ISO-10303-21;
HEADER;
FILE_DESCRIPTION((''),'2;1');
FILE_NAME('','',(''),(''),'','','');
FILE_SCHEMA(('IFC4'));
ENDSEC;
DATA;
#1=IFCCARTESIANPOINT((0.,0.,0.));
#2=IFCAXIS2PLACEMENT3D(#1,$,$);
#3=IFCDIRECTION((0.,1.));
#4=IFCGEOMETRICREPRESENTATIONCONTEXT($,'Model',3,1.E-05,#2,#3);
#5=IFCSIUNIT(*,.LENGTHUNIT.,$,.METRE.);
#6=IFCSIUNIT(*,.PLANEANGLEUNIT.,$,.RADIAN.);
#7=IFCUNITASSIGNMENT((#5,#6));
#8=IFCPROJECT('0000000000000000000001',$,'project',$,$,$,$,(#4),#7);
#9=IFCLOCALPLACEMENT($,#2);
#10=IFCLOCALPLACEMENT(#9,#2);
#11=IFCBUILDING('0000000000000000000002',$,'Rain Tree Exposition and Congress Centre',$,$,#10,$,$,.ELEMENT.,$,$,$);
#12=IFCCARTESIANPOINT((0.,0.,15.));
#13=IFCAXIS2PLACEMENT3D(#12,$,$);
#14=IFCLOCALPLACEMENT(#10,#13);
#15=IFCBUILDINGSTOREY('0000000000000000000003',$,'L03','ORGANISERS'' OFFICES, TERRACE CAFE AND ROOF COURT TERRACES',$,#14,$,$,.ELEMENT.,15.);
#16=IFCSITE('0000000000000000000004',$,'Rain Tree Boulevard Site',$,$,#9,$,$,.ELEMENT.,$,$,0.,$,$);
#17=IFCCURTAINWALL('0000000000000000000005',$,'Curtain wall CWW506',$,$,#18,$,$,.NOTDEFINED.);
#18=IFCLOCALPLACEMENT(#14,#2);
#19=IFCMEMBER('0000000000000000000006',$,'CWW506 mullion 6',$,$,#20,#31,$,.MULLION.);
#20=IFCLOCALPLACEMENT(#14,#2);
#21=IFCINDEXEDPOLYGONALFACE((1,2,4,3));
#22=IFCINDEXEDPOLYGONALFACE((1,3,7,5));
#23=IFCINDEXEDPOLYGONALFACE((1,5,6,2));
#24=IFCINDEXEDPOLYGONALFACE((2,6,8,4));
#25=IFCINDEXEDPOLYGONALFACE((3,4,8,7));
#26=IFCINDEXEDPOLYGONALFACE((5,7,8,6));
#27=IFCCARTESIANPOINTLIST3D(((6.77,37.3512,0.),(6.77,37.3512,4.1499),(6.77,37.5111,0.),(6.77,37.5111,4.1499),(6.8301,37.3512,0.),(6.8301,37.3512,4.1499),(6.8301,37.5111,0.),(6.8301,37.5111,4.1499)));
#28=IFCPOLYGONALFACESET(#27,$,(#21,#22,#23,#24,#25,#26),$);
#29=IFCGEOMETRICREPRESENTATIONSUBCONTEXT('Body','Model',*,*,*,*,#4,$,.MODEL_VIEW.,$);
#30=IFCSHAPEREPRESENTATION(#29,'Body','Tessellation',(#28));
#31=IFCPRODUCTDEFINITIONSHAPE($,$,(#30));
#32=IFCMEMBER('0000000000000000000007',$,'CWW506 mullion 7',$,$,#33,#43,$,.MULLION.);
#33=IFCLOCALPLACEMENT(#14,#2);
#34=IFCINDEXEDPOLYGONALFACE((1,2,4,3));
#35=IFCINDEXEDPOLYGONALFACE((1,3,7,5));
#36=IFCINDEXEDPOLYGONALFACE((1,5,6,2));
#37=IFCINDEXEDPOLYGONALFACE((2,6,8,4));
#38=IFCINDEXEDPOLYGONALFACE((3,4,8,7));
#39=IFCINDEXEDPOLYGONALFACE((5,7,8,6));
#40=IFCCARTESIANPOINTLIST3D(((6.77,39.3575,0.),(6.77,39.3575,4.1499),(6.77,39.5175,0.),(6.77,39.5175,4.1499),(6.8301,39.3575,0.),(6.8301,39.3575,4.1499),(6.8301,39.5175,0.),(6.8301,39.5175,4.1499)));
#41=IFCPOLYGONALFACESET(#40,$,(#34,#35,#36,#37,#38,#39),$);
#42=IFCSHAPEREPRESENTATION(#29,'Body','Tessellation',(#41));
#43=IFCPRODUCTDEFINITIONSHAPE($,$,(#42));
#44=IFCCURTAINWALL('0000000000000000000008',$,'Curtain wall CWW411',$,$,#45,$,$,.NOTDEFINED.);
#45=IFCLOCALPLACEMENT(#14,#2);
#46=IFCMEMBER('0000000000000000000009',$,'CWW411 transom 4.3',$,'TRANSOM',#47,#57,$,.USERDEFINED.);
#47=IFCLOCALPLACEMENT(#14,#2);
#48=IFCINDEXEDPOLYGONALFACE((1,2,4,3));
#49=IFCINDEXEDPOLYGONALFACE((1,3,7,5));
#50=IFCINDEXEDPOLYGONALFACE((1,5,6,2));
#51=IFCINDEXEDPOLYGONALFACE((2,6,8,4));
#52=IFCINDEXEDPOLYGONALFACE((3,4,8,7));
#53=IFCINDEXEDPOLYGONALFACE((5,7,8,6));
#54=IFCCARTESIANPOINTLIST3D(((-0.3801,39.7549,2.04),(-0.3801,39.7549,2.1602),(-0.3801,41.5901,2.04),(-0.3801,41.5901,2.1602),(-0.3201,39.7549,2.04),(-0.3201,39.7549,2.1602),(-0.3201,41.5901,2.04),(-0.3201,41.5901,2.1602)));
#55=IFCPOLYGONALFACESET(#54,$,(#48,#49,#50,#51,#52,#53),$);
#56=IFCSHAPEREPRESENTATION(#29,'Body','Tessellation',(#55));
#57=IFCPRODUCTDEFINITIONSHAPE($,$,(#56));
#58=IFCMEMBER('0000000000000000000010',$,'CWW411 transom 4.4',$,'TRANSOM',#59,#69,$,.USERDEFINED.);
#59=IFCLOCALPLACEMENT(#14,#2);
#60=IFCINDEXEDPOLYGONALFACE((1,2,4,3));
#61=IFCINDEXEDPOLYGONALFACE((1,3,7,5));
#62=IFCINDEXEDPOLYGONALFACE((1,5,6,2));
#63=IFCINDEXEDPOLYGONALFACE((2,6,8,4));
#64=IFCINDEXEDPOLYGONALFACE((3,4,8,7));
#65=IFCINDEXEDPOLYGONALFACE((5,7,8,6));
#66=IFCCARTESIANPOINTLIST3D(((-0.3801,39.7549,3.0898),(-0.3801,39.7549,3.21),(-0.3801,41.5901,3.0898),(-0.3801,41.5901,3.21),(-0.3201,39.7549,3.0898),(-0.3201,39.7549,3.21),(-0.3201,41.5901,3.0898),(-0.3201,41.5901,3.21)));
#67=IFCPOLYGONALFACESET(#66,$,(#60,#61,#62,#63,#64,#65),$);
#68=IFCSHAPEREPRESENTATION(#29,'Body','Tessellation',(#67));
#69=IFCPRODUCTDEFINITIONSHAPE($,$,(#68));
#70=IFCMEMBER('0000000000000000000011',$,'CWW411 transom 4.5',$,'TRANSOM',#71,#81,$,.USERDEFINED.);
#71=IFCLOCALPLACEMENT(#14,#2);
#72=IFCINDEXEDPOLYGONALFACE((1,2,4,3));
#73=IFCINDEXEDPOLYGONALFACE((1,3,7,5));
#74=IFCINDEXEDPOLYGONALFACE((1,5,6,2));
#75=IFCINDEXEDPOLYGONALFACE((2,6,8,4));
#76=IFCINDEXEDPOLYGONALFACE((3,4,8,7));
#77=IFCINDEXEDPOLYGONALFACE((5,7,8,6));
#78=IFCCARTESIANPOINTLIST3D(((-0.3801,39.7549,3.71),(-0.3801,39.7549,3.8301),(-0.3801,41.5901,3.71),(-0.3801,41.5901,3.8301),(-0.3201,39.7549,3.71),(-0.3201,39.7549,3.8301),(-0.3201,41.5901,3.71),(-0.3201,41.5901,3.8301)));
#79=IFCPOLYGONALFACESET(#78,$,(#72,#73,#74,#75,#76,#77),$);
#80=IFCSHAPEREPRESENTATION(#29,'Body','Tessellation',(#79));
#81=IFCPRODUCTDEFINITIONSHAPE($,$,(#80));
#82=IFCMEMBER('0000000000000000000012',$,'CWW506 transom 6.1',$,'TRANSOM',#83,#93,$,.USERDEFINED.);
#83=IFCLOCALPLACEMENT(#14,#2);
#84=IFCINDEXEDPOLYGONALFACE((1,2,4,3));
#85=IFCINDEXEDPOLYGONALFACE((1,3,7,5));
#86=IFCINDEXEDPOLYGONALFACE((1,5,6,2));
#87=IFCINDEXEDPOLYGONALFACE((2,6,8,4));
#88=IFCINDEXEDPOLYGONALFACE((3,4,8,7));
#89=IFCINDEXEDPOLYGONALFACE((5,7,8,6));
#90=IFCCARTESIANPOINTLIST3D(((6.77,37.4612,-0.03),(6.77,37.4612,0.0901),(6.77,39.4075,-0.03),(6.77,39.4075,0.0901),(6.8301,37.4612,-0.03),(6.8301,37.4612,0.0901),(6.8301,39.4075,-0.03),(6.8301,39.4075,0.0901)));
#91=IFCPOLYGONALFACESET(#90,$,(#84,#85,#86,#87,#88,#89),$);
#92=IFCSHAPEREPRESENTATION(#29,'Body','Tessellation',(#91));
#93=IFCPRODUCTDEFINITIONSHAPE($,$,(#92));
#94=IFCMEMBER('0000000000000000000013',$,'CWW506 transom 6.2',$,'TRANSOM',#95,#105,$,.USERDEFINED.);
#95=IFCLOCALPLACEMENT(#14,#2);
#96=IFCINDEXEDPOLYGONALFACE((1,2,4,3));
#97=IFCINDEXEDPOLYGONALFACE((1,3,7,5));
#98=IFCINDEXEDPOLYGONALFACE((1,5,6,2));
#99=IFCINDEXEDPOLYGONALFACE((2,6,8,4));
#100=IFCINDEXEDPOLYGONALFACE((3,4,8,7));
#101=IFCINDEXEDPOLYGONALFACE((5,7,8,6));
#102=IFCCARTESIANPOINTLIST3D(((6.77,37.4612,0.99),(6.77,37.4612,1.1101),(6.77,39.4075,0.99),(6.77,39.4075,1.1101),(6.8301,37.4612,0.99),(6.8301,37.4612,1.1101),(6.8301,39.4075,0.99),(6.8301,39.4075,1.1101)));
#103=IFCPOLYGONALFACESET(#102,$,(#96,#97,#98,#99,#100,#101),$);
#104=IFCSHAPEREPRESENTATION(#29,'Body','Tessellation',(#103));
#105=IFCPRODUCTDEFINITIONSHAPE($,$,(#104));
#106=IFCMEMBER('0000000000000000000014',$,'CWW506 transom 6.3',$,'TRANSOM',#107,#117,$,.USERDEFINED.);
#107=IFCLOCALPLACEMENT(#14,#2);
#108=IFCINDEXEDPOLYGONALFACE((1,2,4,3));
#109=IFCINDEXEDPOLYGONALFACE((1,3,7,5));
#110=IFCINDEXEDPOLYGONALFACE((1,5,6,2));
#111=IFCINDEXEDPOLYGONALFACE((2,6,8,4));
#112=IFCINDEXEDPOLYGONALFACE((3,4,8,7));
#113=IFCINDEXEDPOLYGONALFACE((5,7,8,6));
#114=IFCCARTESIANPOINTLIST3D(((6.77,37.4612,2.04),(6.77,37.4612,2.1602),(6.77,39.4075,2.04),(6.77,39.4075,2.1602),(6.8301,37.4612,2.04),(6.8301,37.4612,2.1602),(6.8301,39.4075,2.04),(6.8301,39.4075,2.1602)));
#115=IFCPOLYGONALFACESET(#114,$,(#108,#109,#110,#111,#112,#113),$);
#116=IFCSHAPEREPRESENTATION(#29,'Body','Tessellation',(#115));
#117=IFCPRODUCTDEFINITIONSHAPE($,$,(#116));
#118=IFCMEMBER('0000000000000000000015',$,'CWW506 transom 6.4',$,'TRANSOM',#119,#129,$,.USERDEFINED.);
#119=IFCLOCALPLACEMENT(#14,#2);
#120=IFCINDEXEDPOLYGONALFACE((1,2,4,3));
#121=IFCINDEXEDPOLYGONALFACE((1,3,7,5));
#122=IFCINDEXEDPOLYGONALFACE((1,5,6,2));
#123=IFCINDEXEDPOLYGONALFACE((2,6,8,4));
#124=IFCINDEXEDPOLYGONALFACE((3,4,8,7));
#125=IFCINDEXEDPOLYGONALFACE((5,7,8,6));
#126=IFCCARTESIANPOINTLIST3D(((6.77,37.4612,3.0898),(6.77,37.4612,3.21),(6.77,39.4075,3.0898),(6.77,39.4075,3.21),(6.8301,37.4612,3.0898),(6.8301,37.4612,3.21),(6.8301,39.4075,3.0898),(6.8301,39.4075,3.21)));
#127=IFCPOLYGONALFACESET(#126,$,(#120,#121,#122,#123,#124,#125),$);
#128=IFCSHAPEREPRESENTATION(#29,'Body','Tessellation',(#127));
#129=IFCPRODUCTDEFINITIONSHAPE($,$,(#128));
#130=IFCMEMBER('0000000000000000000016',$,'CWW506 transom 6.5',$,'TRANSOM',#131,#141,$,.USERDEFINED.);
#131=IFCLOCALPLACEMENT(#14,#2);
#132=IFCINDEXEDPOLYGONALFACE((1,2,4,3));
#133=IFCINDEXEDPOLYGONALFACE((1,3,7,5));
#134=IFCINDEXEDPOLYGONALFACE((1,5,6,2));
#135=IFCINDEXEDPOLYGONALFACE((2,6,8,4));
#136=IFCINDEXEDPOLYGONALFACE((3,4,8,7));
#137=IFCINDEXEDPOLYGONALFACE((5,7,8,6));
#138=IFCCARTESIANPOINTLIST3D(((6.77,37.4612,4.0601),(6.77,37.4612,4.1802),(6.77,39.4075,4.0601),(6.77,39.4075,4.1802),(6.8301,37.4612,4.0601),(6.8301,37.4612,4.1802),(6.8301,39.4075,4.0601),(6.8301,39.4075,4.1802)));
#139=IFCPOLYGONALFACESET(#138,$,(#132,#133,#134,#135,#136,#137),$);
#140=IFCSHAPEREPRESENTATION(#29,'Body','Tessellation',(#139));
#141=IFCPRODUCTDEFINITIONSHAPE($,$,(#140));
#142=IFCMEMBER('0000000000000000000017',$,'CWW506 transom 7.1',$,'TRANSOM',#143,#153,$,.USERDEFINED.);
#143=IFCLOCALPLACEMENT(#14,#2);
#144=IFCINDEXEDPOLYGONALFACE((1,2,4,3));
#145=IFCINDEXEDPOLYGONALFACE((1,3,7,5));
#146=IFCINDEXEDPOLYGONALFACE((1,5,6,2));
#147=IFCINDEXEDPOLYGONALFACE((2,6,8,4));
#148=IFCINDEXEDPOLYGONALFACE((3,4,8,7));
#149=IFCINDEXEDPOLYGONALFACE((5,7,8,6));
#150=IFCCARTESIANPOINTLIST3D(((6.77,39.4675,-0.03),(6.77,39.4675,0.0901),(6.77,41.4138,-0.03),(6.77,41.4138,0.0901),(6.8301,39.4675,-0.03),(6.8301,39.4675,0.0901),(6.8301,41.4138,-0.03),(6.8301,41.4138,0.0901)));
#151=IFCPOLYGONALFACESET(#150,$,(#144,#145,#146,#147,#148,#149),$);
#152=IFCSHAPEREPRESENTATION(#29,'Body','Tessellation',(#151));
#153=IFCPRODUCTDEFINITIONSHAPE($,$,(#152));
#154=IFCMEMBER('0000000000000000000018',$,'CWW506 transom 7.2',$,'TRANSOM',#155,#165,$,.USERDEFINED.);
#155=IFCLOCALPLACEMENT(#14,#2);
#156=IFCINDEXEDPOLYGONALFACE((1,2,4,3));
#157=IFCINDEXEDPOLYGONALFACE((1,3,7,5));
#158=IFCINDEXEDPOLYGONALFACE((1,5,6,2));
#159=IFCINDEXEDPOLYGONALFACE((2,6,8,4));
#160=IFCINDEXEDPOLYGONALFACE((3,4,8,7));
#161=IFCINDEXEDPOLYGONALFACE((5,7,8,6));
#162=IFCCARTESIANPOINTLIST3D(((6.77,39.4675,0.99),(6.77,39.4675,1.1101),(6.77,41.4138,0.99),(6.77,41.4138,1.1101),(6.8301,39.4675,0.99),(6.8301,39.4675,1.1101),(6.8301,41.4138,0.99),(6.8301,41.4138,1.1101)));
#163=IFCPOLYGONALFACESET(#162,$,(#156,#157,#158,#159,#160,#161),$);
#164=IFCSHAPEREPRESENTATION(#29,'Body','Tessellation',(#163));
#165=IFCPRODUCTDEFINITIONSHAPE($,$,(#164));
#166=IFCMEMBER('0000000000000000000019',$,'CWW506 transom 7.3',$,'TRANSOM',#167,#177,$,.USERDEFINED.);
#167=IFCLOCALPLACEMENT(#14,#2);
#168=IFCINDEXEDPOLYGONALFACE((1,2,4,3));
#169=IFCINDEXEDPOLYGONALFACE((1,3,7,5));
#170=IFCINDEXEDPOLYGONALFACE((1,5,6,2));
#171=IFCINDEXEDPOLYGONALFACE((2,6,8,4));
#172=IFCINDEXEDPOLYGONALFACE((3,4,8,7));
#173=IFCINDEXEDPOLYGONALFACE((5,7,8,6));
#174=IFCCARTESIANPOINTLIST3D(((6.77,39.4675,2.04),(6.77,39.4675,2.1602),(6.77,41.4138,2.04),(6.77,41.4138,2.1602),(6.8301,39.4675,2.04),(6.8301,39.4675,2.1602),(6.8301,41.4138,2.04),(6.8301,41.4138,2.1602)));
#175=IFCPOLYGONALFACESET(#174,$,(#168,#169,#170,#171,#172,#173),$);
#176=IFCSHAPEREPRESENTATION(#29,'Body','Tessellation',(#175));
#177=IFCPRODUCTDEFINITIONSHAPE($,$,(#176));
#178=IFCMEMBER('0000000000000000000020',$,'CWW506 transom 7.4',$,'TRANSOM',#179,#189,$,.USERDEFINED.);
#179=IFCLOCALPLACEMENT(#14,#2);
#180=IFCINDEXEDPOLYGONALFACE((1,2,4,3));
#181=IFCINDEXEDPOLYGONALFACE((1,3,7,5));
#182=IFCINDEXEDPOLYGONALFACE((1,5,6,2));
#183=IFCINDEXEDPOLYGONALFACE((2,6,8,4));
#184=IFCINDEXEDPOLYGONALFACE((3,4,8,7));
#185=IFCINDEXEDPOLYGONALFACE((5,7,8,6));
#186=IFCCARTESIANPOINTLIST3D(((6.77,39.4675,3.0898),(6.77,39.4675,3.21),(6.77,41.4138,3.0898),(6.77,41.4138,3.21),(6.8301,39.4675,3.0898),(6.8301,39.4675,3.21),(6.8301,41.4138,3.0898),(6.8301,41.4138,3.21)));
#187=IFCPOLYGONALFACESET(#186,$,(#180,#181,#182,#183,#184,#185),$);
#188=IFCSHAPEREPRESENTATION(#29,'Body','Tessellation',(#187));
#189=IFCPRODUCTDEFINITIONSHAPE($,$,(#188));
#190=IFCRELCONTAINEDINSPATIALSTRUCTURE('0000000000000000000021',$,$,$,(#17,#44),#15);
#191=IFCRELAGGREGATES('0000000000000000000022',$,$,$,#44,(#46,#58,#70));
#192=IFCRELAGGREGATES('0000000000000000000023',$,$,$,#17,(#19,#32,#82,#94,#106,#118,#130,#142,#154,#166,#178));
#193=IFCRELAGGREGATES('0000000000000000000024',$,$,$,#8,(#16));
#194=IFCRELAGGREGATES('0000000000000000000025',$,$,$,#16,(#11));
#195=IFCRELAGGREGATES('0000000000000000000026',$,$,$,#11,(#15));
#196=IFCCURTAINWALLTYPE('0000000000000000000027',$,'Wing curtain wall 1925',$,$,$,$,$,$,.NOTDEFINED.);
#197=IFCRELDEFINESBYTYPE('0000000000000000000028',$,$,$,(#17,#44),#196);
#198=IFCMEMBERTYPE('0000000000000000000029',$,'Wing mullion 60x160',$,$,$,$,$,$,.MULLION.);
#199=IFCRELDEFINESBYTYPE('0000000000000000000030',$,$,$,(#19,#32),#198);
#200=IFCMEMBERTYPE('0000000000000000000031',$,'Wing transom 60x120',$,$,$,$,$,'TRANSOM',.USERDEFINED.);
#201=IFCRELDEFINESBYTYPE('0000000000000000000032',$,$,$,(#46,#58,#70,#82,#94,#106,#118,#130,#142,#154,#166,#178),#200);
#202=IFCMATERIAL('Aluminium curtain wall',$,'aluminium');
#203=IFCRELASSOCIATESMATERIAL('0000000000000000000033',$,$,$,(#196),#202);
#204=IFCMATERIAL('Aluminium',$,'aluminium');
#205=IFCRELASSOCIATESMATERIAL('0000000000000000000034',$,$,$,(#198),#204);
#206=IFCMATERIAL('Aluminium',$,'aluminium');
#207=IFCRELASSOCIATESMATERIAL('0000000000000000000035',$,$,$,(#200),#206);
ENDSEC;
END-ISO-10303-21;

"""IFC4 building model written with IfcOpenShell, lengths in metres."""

from ifc_helpers import new_model, si_unit, direction, frame, origin, origin_2d, place, context, subcontext, project, spatial, rectangle, extrude, material, material_profile, profile_set, type_object, element, aggregate, save


model = new_model("IFC4")

# Units and contexts
model_context = context("Model", 3, precision=1e-05, world=origin(), true_north=direction((0.0, 1.0)))
body_context = subcontext(model_context, "Body", "Model", "MODEL_VIEW")
ifc_project = project(units=[si_unit("LENGTHUNIT", "METRE"), si_unit("PLANEANGLEUNIT", "RADIAN")], contexts=[model_context])

# Site, building, storey
site_placement = place(None, origin())
site = spatial("IfcSite", under=ifc_project, at=site_placement, Name="Rain Tree Boulevard Site", CompositionType="ELEMENT", RefElevation=0.0)
building_placement = place(site_placement, origin())
building = spatial("IfcBuilding", under=site, at=building_placement, Name="Rain Tree Exposition and Congress Centre", CompositionType="ELEMENT")
storey_placement = place(building_placement, frame((0.0, 0.0, 15.0)))
storey = spatial("IfcBuildingStorey", under=building, at=storey_placement, Name="L03", Description="ORGANISERS' OFFICES, TERRACE CAFE AND ROOF COURT TERRACES", CompositionType="ELEMENT", Elevation=15.0)

# Curtain walls, members
ifc_material_1 = material(Name="Aluminium curtain wall", Category="aluminium")
curtain_wall_type = type_object("IfcCurtainWallType", Name="Wing curtain wall 1925", PredefinedType="NOTDEFINED", material=ifc_material_1)
curtain_wall_1_placement = place(storey_placement, origin())
curtain_wall_1 = element("IfcCurtainWall", 1, at=curtain_wall_1_placement, inside=storey, type_object=curtain_wall_type, Name="Curtain wall CWW506", PredefinedType="NOTDEFINED")
ifc_material_2 = material(Name="Aluminium", Category="aluminium")
ifc_material_profile_1 = material_profile(ifc_material_2, rectangle(XDim=0.0601, YDim=0.1599, at=origin_2d()), Name="Aluminium 60x160")
ifc_profile_set_1 = profile_set([ifc_material_profile_1], Name="Aluminium")
member_type_1 = type_object("IfcMemberType", Name="Wing mullion 60x160", PredefinedType="MULLION", material=ifc_profile_set_1)
member_1_placement = place(storey_placement, frame((6.8, 37.4312, 0.0), z_axis=(0.0, 0.0, 1.0), x_axis=(-1.0, 0.0, 0.0)))
member_1 = element("IfcMember", 2, at=member_1_placement, type_object=member_type_1, Name="CWW506 mullion 6", PredefinedType="MULLION", context=body_context, shape_type="SweptSolid", body=[
    extrude(rectangle(XDim=0.0601, YDim=0.1599, at=origin_2d()), origin(), (0.0, 0.0, 1.0), 4.1499),
])
member_2_placement = place(storey_placement, frame((6.8, 39.4375, 0.0), z_axis=(0.0, 0.0, 1.0), x_axis=(-1.0, 0.0, 0.0)))
member_2 = element("IfcMember", 3, at=member_2_placement, type_object=member_type_1, Name="CWW506 mullion 7", PredefinedType="MULLION", context=body_context, shape_type="SweptSolid", body=[
    extrude(rectangle(XDim=0.0601, YDim=0.1599, at=origin_2d()), origin(), (0.0, 0.0, 1.0), 4.1499),
])
curtain_wall_2_placement = place(storey_placement, origin())
curtain_wall_2 = element("IfcCurtainWall", 4, at=curtain_wall_2_placement, inside=storey, type_object=curtain_wall_type, Name="Curtain wall CWW411", PredefinedType="NOTDEFINED")
ifc_material_3 = material(Name="Aluminium", Category="aluminium")
ifc_material_profile_2 = material_profile(ifc_material_3, rectangle(XDim=0.0601, YDim=0.1201, at=origin_2d()), Name="Aluminium 60x120")
ifc_profile_set_2 = profile_set([ifc_material_profile_2], Name="Aluminium")
member_type_2 = type_object("IfcMemberType", Name="Wing transom 60x120", ElementType="TRANSOM", PredefinedType="USERDEFINED", material=ifc_profile_set_2)
member_3_placement = place(storey_placement, frame((-0.3501, 39.7549, 2.1001), z_axis=(0.0, 1.0, 0.0), x_axis=(-1.0, 0.0, 0.0)))
member_3 = element("IfcMember", 5, at=member_3_placement, type_object=member_type_2, Name="CWW411 transom 4.3", ObjectType="TRANSOM", PredefinedType="USERDEFINED", context=body_context, shape_type="SweptSolid", body=[
    extrude(rectangle(XDim=0.0601, YDim=0.1201, at=origin_2d()), origin(), (0.0, 0.0, 1.0), 1.8352),
])
member_4_placement = place(storey_placement, frame((-0.3501, 39.7549, 3.1499), z_axis=(0.0, 1.0, 0.0), x_axis=(-1.0, 0.0, 0.0)))
member_4 = element("IfcMember", 6, at=member_4_placement, type_object=member_type_2, Name="CWW411 transom 4.4", ObjectType="TRANSOM", PredefinedType="USERDEFINED", context=body_context, shape_type="SweptSolid", body=[
    extrude(rectangle(XDim=0.0601, YDim=0.1201, at=origin_2d()), origin(), (0.0, 0.0, 1.0), 1.8352),
])
member_5_placement = place(storey_placement, frame((-0.3501, 39.7549, 3.77), z_axis=(0.0, 1.0, 0.0), x_axis=(-1.0, 0.0, 0.0)))
member_5 = element("IfcMember", 7, at=member_5_placement, type_object=member_type_2, Name="CWW411 transom 4.5", ObjectType="TRANSOM", PredefinedType="USERDEFINED", context=body_context, shape_type="SweptSolid", body=[
    extrude(rectangle(XDim=0.0601, YDim=0.1201, at=origin_2d()), origin(), (0.0, 0.0, 1.0), 1.8352),
])
aggregate(curtain_wall_2, [member_3, member_4, member_5])

# Members
member_6_placement = place(storey_placement, frame((6.8, 37.4612, 0.03), z_axis=(0.0, 1.0, 0.0), x_axis=(-1.0, 0.0, 0.0)))
member_6 = element("IfcMember", 8, at=member_6_placement, type_object=member_type_2, Name="CWW506 transom 6.1", ObjectType="TRANSOM", PredefinedType="USERDEFINED", context=body_context, shape_type="SweptSolid", body=[
    extrude(rectangle(XDim=0.0601, YDim=0.1201, at=origin_2d()), origin(), (0.0, 0.0, 1.0), 1.9463),
])
member_7_placement = place(storey_placement, frame((6.8, 37.4612, 1.05), z_axis=(0.0, 1.0, 0.0), x_axis=(-1.0, 0.0, 0.0)))
member_7 = element("IfcMember", 9, at=member_7_placement, type_object=member_type_2, Name="CWW506 transom 6.2", ObjectType="TRANSOM", PredefinedType="USERDEFINED", context=body_context, shape_type="SweptSolid", body=[
    extrude(rectangle(XDim=0.0601, YDim=0.1201, at=origin_2d()), origin(), (0.0, 0.0, 1.0), 1.9463),
])
member_8_placement = place(storey_placement, frame((6.8, 37.4612, 2.1001), z_axis=(0.0, 1.0, 0.0), x_axis=(-1.0, 0.0, 0.0)))
member_8 = element("IfcMember", 10, at=member_8_placement, type_object=member_type_2, Name="CWW506 transom 6.3", ObjectType="TRANSOM", PredefinedType="USERDEFINED", context=body_context, shape_type="SweptSolid", body=[
    extrude(rectangle(XDim=0.0601, YDim=0.1201, at=origin_2d()), origin(), (0.0, 0.0, 1.0), 1.9463),
])
member_9_placement = place(storey_placement, frame((6.8, 37.4612, 3.1499), z_axis=(0.0, 1.0, 0.0), x_axis=(-1.0, 0.0, 0.0)))
member_9 = element("IfcMember", 11, at=member_9_placement, type_object=member_type_2, Name="CWW506 transom 6.4", ObjectType="TRANSOM", PredefinedType="USERDEFINED", context=body_context, shape_type="SweptSolid", body=[
    extrude(rectangle(XDim=0.0601, YDim=0.1201, at=origin_2d()), origin(), (0.0, 0.0, 1.0), 1.9463),
])
member_10_placement = place(storey_placement, frame((6.8, 37.4612, 4.1201), z_axis=(0.0, 1.0, 0.0), x_axis=(-1.0, 0.0, 0.0)))
member_10 = element("IfcMember", 12, at=member_10_placement, type_object=member_type_2, Name="CWW506 transom 6.5", ObjectType="TRANSOM", PredefinedType="USERDEFINED", context=body_context, shape_type="SweptSolid", body=[
    extrude(rectangle(XDim=0.0601, YDim=0.1201, at=origin_2d()), origin(), (0.0, 0.0, 1.0), 1.9463),
])
member_11_placement = place(storey_placement, frame((6.8, 39.4675, 0.03), z_axis=(0.0, 1.0, 0.0), x_axis=(-1.0, 0.0, 0.0)))
member_11 = element("IfcMember", 13, at=member_11_placement, type_object=member_type_2, Name="CWW506 transom 7.1", ObjectType="TRANSOM", PredefinedType="USERDEFINED", context=body_context, shape_type="SweptSolid", body=[
    extrude(rectangle(XDim=0.0601, YDim=0.1201, at=origin_2d()), origin(), (0.0, 0.0, 1.0), 1.9463),
])
member_12_placement = place(storey_placement, frame((6.8, 39.4675, 1.05), z_axis=(0.0, 1.0, 0.0), x_axis=(-1.0, 0.0, 0.0)))
member_12 = element("IfcMember", 14, at=member_12_placement, type_object=member_type_2, Name="CWW506 transom 7.2", ObjectType="TRANSOM", PredefinedType="USERDEFINED", context=body_context, shape_type="SweptSolid", body=[
    extrude(rectangle(XDim=0.0601, YDim=0.1201, at=origin_2d()), origin(), (0.0, 0.0, 1.0), 1.9463),
])
member_13_placement = place(storey_placement, frame((6.8, 39.4675, 2.1001), z_axis=(0.0, 1.0, 0.0), x_axis=(-1.0, 0.0, 0.0)))
member_13 = element("IfcMember", 15, at=member_13_placement, type_object=member_type_2, Name="CWW506 transom 7.3", ObjectType="TRANSOM", PredefinedType="USERDEFINED", context=body_context, shape_type="SweptSolid", body=[
    extrude(rectangle(XDim=0.0601, YDim=0.1201, at=origin_2d()), origin(), (0.0, 0.0, 1.0), 1.9463),
])
member_14_placement = place(storey_placement, frame((6.8, 39.4675, 3.1499), z_axis=(0.0, 1.0, 0.0), x_axis=(-1.0, 0.0, 0.0)))
member_14 = element("IfcMember", 16, at=member_14_placement, type_object=member_type_2, Name="CWW506 transom 7.4", ObjectType="TRANSOM", PredefinedType="USERDEFINED", context=body_context, shape_type="SweptSolid", body=[
    extrude(rectangle(XDim=0.0601, YDim=0.1201, at=origin_2d()), origin(), (0.0, 0.0, 1.0), 1.9463),
])

aggregate(curtain_wall_1, [member_1, member_2, member_6, member_7, member_8, member_9, member_10, member_11, member_12, member_13, member_14])

save(model, "model.ifc")
